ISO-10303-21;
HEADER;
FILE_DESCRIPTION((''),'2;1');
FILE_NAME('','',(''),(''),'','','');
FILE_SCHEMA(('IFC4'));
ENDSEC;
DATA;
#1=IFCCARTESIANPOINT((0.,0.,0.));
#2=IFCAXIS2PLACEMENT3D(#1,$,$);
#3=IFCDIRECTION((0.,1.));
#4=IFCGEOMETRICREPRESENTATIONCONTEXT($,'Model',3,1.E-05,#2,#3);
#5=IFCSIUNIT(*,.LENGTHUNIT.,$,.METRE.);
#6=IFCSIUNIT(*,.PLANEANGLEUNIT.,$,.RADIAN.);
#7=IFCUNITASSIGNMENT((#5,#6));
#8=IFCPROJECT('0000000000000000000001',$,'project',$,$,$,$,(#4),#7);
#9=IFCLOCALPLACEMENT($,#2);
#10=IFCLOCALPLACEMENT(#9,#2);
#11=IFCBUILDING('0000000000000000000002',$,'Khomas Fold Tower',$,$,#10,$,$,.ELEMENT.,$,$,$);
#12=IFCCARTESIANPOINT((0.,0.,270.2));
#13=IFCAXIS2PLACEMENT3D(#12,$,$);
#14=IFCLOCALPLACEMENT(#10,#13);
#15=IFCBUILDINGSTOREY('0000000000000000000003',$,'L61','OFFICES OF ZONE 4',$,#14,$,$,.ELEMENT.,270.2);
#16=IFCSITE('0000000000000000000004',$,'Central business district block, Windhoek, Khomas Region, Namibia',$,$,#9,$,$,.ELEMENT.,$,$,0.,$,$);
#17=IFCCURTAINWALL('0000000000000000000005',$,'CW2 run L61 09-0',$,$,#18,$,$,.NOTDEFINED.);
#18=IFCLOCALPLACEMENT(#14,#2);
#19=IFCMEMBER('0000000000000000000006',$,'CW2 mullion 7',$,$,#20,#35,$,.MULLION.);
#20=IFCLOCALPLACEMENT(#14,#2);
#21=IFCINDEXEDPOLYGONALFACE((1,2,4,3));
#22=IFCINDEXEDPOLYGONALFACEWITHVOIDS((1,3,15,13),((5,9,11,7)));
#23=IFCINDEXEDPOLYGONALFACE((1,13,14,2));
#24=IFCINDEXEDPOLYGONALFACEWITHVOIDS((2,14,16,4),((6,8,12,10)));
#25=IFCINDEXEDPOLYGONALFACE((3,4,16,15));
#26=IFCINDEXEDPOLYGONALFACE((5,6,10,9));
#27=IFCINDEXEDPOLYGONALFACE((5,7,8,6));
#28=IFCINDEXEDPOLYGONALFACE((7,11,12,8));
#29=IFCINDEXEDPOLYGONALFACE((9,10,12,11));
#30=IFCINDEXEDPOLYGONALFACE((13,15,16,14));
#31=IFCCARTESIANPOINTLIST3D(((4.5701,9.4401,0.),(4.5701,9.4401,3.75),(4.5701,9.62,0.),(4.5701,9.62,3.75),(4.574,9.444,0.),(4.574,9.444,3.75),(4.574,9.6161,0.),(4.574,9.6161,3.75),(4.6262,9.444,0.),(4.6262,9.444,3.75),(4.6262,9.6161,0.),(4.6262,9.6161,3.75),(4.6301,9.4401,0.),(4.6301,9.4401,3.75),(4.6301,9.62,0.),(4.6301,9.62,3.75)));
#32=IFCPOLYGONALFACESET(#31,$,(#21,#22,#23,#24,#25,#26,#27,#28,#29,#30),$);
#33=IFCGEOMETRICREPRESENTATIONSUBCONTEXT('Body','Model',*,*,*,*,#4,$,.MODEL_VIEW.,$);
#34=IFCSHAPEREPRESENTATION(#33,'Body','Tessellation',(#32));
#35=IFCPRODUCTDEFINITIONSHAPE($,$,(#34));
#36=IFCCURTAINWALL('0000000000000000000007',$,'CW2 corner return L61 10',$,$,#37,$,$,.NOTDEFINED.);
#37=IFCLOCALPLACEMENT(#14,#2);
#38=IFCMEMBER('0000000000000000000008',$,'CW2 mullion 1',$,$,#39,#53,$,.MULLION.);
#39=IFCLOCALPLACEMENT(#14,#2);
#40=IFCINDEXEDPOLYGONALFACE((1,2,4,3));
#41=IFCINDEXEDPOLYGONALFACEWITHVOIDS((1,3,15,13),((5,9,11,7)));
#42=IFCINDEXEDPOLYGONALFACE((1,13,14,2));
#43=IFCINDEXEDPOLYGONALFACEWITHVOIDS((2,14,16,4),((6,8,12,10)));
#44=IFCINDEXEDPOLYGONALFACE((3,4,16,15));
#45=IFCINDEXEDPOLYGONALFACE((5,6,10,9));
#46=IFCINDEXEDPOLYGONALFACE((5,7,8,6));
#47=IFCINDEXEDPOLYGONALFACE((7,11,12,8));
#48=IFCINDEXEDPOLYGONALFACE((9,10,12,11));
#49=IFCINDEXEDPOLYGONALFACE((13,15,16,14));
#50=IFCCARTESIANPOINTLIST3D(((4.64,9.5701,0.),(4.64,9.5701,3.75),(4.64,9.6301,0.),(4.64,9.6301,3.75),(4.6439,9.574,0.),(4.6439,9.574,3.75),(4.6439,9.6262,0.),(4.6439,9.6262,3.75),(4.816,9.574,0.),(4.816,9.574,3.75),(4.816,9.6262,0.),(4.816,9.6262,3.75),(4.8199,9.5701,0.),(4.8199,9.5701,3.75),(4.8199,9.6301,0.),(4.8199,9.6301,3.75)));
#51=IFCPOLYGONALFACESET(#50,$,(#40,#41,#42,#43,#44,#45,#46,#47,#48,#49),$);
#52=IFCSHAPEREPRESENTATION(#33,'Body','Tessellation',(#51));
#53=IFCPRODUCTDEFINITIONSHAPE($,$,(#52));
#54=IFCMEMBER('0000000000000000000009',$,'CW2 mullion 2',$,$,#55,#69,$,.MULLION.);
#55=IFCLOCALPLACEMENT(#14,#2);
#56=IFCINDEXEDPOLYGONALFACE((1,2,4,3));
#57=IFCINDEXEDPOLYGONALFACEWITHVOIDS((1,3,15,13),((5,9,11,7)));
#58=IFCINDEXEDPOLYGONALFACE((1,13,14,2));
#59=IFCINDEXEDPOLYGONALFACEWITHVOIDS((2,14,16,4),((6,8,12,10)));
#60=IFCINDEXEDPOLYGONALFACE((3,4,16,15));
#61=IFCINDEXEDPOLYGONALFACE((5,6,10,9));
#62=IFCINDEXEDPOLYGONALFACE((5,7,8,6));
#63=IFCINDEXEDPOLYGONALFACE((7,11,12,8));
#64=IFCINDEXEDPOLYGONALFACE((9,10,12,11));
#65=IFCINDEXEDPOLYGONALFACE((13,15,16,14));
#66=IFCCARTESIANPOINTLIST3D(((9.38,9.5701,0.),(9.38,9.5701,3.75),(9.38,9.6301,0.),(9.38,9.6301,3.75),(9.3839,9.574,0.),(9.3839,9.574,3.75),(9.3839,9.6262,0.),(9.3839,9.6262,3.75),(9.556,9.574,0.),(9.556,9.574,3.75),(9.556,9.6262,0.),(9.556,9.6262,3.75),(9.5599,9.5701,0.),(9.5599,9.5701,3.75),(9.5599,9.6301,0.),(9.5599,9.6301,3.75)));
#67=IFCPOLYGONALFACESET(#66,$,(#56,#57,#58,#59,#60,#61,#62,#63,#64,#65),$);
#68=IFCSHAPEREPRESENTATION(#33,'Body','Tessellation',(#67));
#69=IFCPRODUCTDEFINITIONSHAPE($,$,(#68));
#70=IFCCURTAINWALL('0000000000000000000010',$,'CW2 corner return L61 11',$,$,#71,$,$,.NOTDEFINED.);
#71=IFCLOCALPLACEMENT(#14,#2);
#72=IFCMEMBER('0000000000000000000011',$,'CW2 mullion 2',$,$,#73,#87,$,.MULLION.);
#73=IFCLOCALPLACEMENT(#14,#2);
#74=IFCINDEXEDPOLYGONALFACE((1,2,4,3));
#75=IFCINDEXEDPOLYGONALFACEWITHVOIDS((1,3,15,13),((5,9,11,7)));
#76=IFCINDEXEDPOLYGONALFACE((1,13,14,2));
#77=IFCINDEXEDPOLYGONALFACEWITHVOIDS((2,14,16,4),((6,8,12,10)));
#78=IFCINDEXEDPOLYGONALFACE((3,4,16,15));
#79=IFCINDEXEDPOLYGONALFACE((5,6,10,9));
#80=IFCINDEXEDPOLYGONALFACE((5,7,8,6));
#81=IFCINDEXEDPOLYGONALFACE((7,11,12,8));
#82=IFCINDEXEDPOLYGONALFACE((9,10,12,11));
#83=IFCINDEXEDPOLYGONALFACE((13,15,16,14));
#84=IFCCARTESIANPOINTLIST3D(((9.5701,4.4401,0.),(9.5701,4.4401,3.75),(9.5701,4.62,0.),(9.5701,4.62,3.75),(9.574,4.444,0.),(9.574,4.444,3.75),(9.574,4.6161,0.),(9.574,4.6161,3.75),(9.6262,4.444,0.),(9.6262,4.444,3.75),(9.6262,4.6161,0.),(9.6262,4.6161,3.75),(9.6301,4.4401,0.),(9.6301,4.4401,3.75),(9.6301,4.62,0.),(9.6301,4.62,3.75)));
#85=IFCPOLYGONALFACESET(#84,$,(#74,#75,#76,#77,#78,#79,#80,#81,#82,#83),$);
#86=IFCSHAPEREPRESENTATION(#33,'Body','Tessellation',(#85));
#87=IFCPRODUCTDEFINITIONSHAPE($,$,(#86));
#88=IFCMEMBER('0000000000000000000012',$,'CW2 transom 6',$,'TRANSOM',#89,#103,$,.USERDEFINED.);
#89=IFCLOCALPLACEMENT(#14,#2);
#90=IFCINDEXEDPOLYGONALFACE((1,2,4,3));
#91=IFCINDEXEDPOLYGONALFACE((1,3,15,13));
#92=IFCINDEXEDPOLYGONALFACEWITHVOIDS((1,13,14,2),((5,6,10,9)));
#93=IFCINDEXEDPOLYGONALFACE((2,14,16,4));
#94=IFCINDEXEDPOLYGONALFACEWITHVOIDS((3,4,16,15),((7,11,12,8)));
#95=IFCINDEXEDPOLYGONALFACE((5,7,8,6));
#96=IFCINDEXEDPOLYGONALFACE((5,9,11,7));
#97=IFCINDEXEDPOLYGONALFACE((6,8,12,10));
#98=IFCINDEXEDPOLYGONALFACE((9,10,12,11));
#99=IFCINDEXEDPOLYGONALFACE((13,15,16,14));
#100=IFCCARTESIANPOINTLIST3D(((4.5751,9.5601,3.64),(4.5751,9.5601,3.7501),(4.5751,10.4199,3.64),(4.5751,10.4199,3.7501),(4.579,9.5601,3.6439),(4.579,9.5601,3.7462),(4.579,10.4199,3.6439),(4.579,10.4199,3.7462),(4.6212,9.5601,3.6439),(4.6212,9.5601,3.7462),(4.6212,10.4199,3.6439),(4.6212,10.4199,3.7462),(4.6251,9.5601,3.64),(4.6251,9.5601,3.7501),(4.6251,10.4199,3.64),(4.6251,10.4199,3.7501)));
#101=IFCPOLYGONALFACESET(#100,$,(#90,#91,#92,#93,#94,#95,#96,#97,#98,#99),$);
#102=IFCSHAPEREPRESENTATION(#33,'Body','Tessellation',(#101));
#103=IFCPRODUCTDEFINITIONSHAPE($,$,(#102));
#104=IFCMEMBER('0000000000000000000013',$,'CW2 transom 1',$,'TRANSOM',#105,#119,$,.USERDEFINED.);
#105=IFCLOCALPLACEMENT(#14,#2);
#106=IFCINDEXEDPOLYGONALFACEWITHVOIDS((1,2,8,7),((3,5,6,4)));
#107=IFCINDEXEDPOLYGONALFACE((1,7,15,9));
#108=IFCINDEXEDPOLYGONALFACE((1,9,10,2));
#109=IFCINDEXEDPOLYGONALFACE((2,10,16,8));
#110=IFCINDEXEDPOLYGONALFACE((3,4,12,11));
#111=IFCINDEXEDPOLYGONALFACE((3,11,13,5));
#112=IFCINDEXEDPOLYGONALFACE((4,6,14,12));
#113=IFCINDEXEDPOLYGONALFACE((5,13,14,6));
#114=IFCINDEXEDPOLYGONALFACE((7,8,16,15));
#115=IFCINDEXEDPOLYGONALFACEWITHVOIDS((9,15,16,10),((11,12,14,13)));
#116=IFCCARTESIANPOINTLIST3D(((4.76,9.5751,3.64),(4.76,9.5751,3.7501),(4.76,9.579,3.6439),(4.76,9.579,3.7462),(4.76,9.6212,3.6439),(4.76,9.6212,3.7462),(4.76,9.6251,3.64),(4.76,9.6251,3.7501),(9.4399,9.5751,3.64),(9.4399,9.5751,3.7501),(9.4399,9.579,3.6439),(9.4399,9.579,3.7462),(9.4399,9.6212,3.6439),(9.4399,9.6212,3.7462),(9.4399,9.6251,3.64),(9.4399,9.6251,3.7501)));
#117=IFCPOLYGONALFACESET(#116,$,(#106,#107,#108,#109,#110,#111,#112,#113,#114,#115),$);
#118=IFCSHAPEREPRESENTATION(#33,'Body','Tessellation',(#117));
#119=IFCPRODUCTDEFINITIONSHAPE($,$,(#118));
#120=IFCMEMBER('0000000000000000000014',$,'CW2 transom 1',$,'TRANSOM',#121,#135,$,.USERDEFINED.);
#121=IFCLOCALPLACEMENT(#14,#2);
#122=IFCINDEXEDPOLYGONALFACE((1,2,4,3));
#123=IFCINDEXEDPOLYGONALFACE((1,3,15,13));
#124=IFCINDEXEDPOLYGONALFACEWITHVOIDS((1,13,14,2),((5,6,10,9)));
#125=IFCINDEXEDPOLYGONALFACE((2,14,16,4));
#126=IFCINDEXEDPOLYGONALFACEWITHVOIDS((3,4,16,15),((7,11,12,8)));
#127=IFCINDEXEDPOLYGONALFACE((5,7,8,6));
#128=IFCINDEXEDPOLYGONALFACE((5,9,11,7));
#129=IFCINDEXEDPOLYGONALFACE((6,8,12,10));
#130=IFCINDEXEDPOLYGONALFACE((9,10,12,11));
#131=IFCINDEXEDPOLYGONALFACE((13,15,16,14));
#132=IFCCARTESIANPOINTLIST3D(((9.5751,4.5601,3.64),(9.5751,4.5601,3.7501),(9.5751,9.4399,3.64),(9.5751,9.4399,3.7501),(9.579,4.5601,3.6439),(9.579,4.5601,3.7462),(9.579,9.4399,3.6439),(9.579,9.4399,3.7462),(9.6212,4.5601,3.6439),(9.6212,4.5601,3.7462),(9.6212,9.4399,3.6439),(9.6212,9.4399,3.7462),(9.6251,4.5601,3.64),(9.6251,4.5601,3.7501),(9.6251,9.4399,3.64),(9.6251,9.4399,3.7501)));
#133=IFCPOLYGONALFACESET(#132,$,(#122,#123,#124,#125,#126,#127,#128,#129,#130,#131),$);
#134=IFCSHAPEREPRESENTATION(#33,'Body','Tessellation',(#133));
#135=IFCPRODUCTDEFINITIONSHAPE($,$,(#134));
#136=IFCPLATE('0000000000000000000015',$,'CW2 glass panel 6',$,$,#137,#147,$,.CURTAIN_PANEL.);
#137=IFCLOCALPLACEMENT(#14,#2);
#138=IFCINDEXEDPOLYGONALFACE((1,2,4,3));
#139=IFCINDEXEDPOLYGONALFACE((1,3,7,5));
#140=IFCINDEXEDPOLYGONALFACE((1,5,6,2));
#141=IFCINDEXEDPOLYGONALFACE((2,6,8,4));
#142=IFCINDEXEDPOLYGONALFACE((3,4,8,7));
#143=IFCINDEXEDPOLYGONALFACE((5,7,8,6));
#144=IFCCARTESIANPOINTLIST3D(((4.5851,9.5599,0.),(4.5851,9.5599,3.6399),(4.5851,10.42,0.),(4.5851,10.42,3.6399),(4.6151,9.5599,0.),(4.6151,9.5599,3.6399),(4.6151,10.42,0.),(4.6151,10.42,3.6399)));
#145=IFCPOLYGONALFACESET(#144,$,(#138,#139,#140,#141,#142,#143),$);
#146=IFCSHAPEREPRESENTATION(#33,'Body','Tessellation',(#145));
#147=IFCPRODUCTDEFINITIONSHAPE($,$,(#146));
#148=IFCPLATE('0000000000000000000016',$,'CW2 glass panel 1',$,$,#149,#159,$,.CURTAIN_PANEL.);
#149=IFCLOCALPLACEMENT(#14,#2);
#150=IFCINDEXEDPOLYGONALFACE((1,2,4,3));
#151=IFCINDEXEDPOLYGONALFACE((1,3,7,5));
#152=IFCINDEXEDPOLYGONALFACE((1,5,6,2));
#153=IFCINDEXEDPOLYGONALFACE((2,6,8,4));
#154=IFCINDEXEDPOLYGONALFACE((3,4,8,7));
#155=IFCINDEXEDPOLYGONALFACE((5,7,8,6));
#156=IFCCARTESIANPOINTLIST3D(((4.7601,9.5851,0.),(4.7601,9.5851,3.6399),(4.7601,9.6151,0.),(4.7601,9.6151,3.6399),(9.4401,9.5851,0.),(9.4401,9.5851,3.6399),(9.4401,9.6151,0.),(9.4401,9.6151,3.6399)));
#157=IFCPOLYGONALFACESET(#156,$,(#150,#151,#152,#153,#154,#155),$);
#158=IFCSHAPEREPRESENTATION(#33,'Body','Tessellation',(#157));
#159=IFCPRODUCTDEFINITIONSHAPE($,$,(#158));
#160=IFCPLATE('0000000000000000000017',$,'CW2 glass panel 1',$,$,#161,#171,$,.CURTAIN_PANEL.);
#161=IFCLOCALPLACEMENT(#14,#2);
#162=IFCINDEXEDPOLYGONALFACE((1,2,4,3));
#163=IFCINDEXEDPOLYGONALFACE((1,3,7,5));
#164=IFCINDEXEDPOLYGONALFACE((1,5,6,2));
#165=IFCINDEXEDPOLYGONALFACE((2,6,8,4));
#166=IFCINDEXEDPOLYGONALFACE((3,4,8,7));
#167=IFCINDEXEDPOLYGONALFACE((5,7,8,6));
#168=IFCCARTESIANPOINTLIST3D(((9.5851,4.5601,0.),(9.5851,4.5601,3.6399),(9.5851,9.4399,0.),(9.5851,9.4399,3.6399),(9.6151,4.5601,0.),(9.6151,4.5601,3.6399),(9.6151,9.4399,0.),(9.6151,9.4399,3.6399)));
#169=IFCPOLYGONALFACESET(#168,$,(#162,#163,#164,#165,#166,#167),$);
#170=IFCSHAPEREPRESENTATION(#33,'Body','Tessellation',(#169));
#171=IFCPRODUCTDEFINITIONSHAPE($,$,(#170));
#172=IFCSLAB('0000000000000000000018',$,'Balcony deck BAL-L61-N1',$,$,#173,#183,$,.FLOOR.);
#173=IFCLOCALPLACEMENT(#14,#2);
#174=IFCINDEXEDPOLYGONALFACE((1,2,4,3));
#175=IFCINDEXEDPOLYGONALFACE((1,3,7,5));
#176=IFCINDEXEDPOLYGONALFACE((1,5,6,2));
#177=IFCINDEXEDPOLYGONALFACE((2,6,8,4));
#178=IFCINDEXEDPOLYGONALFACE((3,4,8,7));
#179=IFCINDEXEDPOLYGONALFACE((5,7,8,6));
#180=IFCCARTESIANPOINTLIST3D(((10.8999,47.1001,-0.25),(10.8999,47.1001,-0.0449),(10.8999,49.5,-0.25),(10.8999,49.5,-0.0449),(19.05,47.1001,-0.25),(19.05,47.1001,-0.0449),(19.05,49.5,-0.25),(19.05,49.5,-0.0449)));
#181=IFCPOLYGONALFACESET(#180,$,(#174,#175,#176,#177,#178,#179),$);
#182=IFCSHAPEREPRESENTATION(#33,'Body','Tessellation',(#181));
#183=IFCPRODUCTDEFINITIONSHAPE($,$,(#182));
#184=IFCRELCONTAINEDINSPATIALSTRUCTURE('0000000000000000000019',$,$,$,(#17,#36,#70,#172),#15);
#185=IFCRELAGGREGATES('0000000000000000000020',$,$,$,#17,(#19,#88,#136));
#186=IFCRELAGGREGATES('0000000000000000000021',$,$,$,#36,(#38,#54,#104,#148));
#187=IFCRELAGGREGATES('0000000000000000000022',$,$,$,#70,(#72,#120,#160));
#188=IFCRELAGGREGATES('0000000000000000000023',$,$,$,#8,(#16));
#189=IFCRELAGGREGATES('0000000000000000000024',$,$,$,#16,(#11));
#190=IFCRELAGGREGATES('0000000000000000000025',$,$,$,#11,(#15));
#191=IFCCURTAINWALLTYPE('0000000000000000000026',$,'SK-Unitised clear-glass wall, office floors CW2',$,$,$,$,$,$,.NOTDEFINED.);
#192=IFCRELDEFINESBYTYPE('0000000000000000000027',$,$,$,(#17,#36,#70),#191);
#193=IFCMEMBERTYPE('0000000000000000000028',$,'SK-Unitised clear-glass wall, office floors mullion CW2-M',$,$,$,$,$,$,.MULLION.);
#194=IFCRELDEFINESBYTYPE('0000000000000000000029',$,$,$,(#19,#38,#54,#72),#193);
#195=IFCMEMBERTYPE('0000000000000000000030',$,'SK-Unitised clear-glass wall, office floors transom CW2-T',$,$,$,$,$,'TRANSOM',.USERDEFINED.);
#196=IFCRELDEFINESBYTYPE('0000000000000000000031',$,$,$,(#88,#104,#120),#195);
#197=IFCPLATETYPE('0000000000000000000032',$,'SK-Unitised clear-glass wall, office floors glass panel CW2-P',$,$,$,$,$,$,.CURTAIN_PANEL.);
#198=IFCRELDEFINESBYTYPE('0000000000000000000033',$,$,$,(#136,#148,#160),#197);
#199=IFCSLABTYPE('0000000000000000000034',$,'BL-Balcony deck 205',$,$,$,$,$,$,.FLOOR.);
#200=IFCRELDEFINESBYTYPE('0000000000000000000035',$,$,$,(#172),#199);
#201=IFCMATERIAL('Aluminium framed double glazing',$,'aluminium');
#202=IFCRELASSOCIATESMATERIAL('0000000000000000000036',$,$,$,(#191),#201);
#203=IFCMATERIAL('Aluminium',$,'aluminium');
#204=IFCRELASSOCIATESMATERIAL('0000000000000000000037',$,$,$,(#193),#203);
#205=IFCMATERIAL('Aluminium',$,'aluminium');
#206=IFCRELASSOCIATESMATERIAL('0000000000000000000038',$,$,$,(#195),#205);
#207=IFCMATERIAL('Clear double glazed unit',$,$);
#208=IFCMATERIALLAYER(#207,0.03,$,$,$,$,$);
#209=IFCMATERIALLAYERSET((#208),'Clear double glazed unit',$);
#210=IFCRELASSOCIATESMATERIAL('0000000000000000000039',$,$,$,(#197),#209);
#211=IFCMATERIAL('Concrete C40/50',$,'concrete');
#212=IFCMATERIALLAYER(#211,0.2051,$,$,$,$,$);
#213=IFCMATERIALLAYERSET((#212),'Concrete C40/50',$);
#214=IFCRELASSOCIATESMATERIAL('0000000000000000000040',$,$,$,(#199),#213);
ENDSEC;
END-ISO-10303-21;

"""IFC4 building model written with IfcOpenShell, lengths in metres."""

from ifc_helpers import new_model, si_unit, direction, frame, origin, origin_2d, place, context, subcontext, project, spatial, polyline, rectangle, hollow_rectangle, outline, extrude, source, transform, mapped, material, layer, layer_set, material_profile, profile_set, type_object, element, aggregate, save


model = new_model("IFC4")

# Units and contexts
model_context = context("Model", 3, precision=1e-05, world=origin(), true_north=direction((0.0, 1.0)))
body_context = subcontext(model_context, "Body", "Model", "MODEL_VIEW")
ifc_project = project(units=[si_unit("LENGTHUNIT", "METRE"), si_unit("PLANEANGLEUNIT", "RADIAN")], contexts=[model_context])

# Site, building, storey
site_placement = place(None, origin())
site = spatial("IfcSite", under=ifc_project, at=site_placement, Name="Central business district block, Windhoek, Khomas Region, Namibia", CompositionType="ELEMENT", RefElevation=0.0)
building_placement = place(site_placement, origin())
building = spatial("IfcBuilding", under=site, at=building_placement, Name="Khomas Fold Tower", CompositionType="ELEMENT")
storey_placement = place(building_placement, frame((0.0, 0.0, 270.2)))
storey = spatial("IfcBuildingStorey", under=building, at=storey_placement, Name="L61", Description="OFFICES OF ZONE 4", CompositionType="ELEMENT", Elevation=270.2)

# Curtain wall, member
ifc_material_1 = material(Name="Aluminium framed double glazing", Category="aluminium")
curtain_wall_type = type_object("IfcCurtainWallType", Name="SK-Unitised clear-glass wall, office floors CW2", PredefinedType="NOTDEFINED", material=ifc_material_1)
curtain_wall_1_placement = place(storey_placement, origin())
curtain_wall_1 = element("IfcCurtainWall", 1, at=curtain_wall_1_placement, inside=storey, type_object=curtain_wall_type, Name="CW2 run L61 09-0", PredefinedType="NOTDEFINED")
ifc_material_2 = material(Name="Aluminium", Category="aluminium")
ifc_material_profile_1 = material_profile(ifc_material_2, hollow_rectangle(XDim=0.0601, YDim=0.1799, WallThickness=0.0039, at=origin_2d()), Name="SK-Unitised clear-glass wall, office floors mullion CW2-M")
ifc_profile_set_1 = profile_set([ifc_material_profile_1], Name="Aluminium")
member_type_1 = type_object("IfcMemberType", Name="SK-Unitised clear-glass wall, office floors mullion CW2-M", PredefinedType="MULLION", material=ifc_profile_set_1)
shared_shape_1 = source(origin(), body_context, "Body", "SweptSolid", [
    extrude(hollow_rectangle(XDim=0.0601, YDim=0.1799, WallThickness=0.0039, at=origin_2d()), origin(), (0.0, 0.0, 1.0), 3.75),
])
member_1_placement = place(storey_placement, frame((4.6001, 9.53, 0.0), z_axis=(0.0, 0.0, 1.0), x_axis=(1.0, 0.0, 0.0)))
member_1 = element("IfcMember", 2, at=member_1_placement, type_object=member_type_1, Name="CW2 mullion 7", PredefinedType="MULLION", context=body_context, shape_type="MappedRepresentation", body=[
    mapped(shared_shape_1, transform((0.0, 0.0, 0.0))),
])

# Curtain wall, members
curtain_wall_2_placement = place(storey_placement, origin())
curtain_wall_2 = element("IfcCurtainWall", 3, at=curtain_wall_2_placement, inside=storey, type_object=curtain_wall_type, Name="CW2 corner return L61 10", PredefinedType="NOTDEFINED")
member_2_placement = place(storey_placement, frame((4.73, 9.6001, 0.0), z_axis=(0.0, 0.0, 1.0), x_axis=(0.0, 1.0, 0.0)))
member_2 = element("IfcMember", 4, at=member_2_placement, type_object=member_type_1, Name="CW2 mullion 1", PredefinedType="MULLION", context=body_context, shape_type="MappedRepresentation", body=[
    mapped(shared_shape_1, transform((0.0, 0.0, 0.0))),
])
member_3_placement = place(storey_placement, frame((9.47, 9.6001, 0.0), z_axis=(0.0, 0.0, 1.0), x_axis=(0.0, 1.0, 0.0)))
member_3 = element("IfcMember", 5, at=member_3_placement, type_object=member_type_1, Name="CW2 mullion 2", PredefinedType="MULLION", context=body_context, shape_type="MappedRepresentation", body=[
    mapped(shared_shape_1, transform((0.0, 0.0, 0.0))),
])

# Curtain wall, member
curtain_wall_3_placement = place(storey_placement, origin())
curtain_wall_3 = element("IfcCurtainWall", 6, at=curtain_wall_3_placement, inside=storey, type_object=curtain_wall_type, Name="CW2 corner return L61 11", PredefinedType="NOTDEFINED")
member_4_placement = place(storey_placement, frame((9.6001, 4.53, 0.0), z_axis=(0.0, 0.0, 1.0), x_axis=(1.0, 0.0, 0.0)))
member_4 = element("IfcMember", 7, at=member_4_placement, type_object=member_type_1, Name="CW2 mullion 2", PredefinedType="MULLION", context=body_context, shape_type="MappedRepresentation", body=[
    mapped(shared_shape_1, transform((0.0, 0.0, 0.0))),
])

# Members
ifc_material_3 = material(Name="Aluminium", Category="aluminium")
ifc_material_profile_2 = material_profile(ifc_material_3, hollow_rectangle(XDim=0.05, YDim=0.1101, WallThickness=0.0039, at=origin_2d()), Name="SK-Unitised clear-glass wall, office floors transom CW2-T")
ifc_profile_set_2 = profile_set([ifc_material_profile_2], Name="Aluminium")
member_type_2 = type_object("IfcMemberType", Name="SK-Unitised clear-glass wall, office floors transom CW2-T", ElementType="TRANSOM", PredefinedType="USERDEFINED", material=ifc_profile_set_2)
shared_shape_2 = source(origin(), body_context, "Body", "SweptSolid", [
    extrude(hollow_rectangle(XDim=0.05, YDim=0.1101, WallThickness=0.0039, at=origin_2d()), origin(), (0.0, 0.0, 1.0), 0.8599),
])
member_5_placement = place(storey_placement, frame((4.6001, 10.4199, 3.6951), z_axis=(0.0, -1.0, 0.0), x_axis=(1.0, 0.0, 0.0)))
member_5 = element("IfcMember", 8, at=member_5_placement, type_object=member_type_2, Name="CW2 transom 6", ObjectType="TRANSOM", PredefinedType="USERDEFINED", context=body_context, shape_type="MappedRepresentation", body=[
    mapped(shared_shape_2, transform((0.0, 0.0, 0.0))),
])
shared_shape_3 = source(origin(), body_context, "Body", "SweptSolid", [
    extrude(hollow_rectangle(XDim=0.05, YDim=0.1101, WallThickness=0.0039, at=origin_2d()), origin(), (0.0, 0.0, 1.0), 4.6799),
])
member_6_placement = place(storey_placement, frame((4.76, 9.6001, 3.6951), z_axis=(1.0, 0.0, 0.0), x_axis=(0.0, 1.0, 0.0)))
member_6 = element("IfcMember", 9, at=member_6_placement, type_object=member_type_2, Name="CW2 transom 1", ObjectType="TRANSOM", PredefinedType="USERDEFINED", context=body_context, shape_type="MappedRepresentation", body=[
    mapped(shared_shape_3, transform((0.0, 0.0, 0.0))),
])
shared_shape_4 = source(origin(), body_context, "Body", "SweptSolid", [
    extrude(hollow_rectangle(XDim=0.05, YDim=0.1101, WallThickness=0.0039, at=origin_2d()), origin(), (0.0, 0.0, 1.0), 4.8799),
])
member_7_placement = place(storey_placement, frame((9.6001, 9.4399, 3.6951), z_axis=(0.0, -1.0, 0.0), x_axis=(1.0, 0.0, 0.0)))
member_7 = element("IfcMember", 10, at=member_7_placement, type_object=member_type_2, Name="CW2 transom 1", ObjectType="TRANSOM", PredefinedType="USERDEFINED", context=body_context, shape_type="MappedRepresentation", body=[
    mapped(shared_shape_4, transform((0.0, 0.0, 0.0))),
])

# Plates
ifc_material_4 = material(Name="Clear double glazed unit")
ifc_layer_1 = layer(ifc_material_4, 0.03)
ifc_layer_set_1 = layer_set([ifc_layer_1], Name="Clear double glazed unit")
plate_type = type_object("IfcPlateType", Name="SK-Unitised clear-glass wall, office floors glass panel CW2-P", PredefinedType="CURTAIN_PANEL", material=ifc_layer_set_1)
shared_shape_5 = source(origin(), body_context, "Body", "SweptSolid", [
    extrude(rectangle(XDim=0.8601, YDim=0.03, at=origin_2d()), origin(), (0.0, 0.0, 1.0), 3.6399),
])
plate_1_placement = place(storey_placement, frame((4.6001, 9.99, 0.0), z_axis=(0.0, 0.0, 1.0), x_axis=(0.0, -1.0, 0.0)))
plate_1 = element("IfcPlate", 11, at=plate_1_placement, type_object=plate_type, Name="CW2 glass panel 6", PredefinedType="CURTAIN_PANEL", context=body_context, shape_type="MappedRepresentation", body=[
    mapped(shared_shape_5, transform((0.0, 0.0, 0.0))),
])
aggregate(curtain_wall_1, [member_1, member_5, plate_1])
shared_shape_6 = source(origin(), body_context, "Body", "SweptSolid", [
    extrude(rectangle(XDim=4.6799, YDim=0.03, at=origin_2d()), origin(), (0.0, 0.0, 1.0), 3.6399),
])
plate_2_placement = place(storey_placement, frame((7.1001, 9.6001, 0.0), z_axis=(0.0, 0.0, 1.0), x_axis=(1.0, 0.0, 0.0)))
plate_2 = element("IfcPlate", 12, at=plate_2_placement, type_object=plate_type, Name="CW2 glass panel 1", PredefinedType="CURTAIN_PANEL", context=body_context, shape_type="MappedRepresentation", body=[
    mapped(shared_shape_6, transform((0.0, 0.0, 0.0))),
])
aggregate(curtain_wall_2, [member_2, member_3, member_6, plate_2])
shared_shape_7 = source(origin(), body_context, "Body", "SweptSolid", [
    extrude(rectangle(XDim=4.8799, YDim=0.03, at=origin_2d()), origin(), (0.0, 0.0, 1.0), 3.6399),
])
plate_3_placement = place(storey_placement, frame((9.6001, 7.0, 0.0), z_axis=(0.0, 0.0, 1.0), x_axis=(0.0, -1.0, 0.0)))
plate_3 = element("IfcPlate", 13, at=plate_3_placement, type_object=plate_type, Name="CW2 glass panel 1", PredefinedType="CURTAIN_PANEL", context=body_context, shape_type="MappedRepresentation", body=[
    mapped(shared_shape_7, transform((0.0, 0.0, 0.0))),
])
aggregate(curtain_wall_3, [member_4, member_7, plate_3])

# Slab
ifc_material_5 = material(Name="Concrete C40/50", Category="concrete")
ifc_layer_2 = layer(ifc_material_5, 0.2051)
ifc_layer_set_2 = layer_set([ifc_layer_2], Name="Concrete C40/50")
slab_type_1 = type_object("IfcSlabType", Name="BL-Balcony deck 205", PredefinedType="FLOOR", material=ifc_layer_set_2)
shared_shape_8 = source(origin(), body_context, "Body", "SweptSolid", [
    extrude(outline(polyline([(10.8999, 47.1001), (19.05, 47.1001), (19.05, 49.5), (10.8999, 49.5), (10.8999, 47.1001)])), origin(), (0.0, 0.0, 1.0), 0.2051),
])
slab_1_placement = place(storey_placement, frame((0.0, 0.0, -0.25)))
element("IfcSlab", 14, at=slab_1_placement, inside=storey, type_object=slab_type_1, Name="Balcony deck BAL-L61-N1", PredefinedType="FLOOR", context=body_context, shape_type="MappedRepresentation", body=[
    mapped(shared_shape_8, transform((0.0, 0.0, 0.0))),
])

save(model, "model.ifc")
